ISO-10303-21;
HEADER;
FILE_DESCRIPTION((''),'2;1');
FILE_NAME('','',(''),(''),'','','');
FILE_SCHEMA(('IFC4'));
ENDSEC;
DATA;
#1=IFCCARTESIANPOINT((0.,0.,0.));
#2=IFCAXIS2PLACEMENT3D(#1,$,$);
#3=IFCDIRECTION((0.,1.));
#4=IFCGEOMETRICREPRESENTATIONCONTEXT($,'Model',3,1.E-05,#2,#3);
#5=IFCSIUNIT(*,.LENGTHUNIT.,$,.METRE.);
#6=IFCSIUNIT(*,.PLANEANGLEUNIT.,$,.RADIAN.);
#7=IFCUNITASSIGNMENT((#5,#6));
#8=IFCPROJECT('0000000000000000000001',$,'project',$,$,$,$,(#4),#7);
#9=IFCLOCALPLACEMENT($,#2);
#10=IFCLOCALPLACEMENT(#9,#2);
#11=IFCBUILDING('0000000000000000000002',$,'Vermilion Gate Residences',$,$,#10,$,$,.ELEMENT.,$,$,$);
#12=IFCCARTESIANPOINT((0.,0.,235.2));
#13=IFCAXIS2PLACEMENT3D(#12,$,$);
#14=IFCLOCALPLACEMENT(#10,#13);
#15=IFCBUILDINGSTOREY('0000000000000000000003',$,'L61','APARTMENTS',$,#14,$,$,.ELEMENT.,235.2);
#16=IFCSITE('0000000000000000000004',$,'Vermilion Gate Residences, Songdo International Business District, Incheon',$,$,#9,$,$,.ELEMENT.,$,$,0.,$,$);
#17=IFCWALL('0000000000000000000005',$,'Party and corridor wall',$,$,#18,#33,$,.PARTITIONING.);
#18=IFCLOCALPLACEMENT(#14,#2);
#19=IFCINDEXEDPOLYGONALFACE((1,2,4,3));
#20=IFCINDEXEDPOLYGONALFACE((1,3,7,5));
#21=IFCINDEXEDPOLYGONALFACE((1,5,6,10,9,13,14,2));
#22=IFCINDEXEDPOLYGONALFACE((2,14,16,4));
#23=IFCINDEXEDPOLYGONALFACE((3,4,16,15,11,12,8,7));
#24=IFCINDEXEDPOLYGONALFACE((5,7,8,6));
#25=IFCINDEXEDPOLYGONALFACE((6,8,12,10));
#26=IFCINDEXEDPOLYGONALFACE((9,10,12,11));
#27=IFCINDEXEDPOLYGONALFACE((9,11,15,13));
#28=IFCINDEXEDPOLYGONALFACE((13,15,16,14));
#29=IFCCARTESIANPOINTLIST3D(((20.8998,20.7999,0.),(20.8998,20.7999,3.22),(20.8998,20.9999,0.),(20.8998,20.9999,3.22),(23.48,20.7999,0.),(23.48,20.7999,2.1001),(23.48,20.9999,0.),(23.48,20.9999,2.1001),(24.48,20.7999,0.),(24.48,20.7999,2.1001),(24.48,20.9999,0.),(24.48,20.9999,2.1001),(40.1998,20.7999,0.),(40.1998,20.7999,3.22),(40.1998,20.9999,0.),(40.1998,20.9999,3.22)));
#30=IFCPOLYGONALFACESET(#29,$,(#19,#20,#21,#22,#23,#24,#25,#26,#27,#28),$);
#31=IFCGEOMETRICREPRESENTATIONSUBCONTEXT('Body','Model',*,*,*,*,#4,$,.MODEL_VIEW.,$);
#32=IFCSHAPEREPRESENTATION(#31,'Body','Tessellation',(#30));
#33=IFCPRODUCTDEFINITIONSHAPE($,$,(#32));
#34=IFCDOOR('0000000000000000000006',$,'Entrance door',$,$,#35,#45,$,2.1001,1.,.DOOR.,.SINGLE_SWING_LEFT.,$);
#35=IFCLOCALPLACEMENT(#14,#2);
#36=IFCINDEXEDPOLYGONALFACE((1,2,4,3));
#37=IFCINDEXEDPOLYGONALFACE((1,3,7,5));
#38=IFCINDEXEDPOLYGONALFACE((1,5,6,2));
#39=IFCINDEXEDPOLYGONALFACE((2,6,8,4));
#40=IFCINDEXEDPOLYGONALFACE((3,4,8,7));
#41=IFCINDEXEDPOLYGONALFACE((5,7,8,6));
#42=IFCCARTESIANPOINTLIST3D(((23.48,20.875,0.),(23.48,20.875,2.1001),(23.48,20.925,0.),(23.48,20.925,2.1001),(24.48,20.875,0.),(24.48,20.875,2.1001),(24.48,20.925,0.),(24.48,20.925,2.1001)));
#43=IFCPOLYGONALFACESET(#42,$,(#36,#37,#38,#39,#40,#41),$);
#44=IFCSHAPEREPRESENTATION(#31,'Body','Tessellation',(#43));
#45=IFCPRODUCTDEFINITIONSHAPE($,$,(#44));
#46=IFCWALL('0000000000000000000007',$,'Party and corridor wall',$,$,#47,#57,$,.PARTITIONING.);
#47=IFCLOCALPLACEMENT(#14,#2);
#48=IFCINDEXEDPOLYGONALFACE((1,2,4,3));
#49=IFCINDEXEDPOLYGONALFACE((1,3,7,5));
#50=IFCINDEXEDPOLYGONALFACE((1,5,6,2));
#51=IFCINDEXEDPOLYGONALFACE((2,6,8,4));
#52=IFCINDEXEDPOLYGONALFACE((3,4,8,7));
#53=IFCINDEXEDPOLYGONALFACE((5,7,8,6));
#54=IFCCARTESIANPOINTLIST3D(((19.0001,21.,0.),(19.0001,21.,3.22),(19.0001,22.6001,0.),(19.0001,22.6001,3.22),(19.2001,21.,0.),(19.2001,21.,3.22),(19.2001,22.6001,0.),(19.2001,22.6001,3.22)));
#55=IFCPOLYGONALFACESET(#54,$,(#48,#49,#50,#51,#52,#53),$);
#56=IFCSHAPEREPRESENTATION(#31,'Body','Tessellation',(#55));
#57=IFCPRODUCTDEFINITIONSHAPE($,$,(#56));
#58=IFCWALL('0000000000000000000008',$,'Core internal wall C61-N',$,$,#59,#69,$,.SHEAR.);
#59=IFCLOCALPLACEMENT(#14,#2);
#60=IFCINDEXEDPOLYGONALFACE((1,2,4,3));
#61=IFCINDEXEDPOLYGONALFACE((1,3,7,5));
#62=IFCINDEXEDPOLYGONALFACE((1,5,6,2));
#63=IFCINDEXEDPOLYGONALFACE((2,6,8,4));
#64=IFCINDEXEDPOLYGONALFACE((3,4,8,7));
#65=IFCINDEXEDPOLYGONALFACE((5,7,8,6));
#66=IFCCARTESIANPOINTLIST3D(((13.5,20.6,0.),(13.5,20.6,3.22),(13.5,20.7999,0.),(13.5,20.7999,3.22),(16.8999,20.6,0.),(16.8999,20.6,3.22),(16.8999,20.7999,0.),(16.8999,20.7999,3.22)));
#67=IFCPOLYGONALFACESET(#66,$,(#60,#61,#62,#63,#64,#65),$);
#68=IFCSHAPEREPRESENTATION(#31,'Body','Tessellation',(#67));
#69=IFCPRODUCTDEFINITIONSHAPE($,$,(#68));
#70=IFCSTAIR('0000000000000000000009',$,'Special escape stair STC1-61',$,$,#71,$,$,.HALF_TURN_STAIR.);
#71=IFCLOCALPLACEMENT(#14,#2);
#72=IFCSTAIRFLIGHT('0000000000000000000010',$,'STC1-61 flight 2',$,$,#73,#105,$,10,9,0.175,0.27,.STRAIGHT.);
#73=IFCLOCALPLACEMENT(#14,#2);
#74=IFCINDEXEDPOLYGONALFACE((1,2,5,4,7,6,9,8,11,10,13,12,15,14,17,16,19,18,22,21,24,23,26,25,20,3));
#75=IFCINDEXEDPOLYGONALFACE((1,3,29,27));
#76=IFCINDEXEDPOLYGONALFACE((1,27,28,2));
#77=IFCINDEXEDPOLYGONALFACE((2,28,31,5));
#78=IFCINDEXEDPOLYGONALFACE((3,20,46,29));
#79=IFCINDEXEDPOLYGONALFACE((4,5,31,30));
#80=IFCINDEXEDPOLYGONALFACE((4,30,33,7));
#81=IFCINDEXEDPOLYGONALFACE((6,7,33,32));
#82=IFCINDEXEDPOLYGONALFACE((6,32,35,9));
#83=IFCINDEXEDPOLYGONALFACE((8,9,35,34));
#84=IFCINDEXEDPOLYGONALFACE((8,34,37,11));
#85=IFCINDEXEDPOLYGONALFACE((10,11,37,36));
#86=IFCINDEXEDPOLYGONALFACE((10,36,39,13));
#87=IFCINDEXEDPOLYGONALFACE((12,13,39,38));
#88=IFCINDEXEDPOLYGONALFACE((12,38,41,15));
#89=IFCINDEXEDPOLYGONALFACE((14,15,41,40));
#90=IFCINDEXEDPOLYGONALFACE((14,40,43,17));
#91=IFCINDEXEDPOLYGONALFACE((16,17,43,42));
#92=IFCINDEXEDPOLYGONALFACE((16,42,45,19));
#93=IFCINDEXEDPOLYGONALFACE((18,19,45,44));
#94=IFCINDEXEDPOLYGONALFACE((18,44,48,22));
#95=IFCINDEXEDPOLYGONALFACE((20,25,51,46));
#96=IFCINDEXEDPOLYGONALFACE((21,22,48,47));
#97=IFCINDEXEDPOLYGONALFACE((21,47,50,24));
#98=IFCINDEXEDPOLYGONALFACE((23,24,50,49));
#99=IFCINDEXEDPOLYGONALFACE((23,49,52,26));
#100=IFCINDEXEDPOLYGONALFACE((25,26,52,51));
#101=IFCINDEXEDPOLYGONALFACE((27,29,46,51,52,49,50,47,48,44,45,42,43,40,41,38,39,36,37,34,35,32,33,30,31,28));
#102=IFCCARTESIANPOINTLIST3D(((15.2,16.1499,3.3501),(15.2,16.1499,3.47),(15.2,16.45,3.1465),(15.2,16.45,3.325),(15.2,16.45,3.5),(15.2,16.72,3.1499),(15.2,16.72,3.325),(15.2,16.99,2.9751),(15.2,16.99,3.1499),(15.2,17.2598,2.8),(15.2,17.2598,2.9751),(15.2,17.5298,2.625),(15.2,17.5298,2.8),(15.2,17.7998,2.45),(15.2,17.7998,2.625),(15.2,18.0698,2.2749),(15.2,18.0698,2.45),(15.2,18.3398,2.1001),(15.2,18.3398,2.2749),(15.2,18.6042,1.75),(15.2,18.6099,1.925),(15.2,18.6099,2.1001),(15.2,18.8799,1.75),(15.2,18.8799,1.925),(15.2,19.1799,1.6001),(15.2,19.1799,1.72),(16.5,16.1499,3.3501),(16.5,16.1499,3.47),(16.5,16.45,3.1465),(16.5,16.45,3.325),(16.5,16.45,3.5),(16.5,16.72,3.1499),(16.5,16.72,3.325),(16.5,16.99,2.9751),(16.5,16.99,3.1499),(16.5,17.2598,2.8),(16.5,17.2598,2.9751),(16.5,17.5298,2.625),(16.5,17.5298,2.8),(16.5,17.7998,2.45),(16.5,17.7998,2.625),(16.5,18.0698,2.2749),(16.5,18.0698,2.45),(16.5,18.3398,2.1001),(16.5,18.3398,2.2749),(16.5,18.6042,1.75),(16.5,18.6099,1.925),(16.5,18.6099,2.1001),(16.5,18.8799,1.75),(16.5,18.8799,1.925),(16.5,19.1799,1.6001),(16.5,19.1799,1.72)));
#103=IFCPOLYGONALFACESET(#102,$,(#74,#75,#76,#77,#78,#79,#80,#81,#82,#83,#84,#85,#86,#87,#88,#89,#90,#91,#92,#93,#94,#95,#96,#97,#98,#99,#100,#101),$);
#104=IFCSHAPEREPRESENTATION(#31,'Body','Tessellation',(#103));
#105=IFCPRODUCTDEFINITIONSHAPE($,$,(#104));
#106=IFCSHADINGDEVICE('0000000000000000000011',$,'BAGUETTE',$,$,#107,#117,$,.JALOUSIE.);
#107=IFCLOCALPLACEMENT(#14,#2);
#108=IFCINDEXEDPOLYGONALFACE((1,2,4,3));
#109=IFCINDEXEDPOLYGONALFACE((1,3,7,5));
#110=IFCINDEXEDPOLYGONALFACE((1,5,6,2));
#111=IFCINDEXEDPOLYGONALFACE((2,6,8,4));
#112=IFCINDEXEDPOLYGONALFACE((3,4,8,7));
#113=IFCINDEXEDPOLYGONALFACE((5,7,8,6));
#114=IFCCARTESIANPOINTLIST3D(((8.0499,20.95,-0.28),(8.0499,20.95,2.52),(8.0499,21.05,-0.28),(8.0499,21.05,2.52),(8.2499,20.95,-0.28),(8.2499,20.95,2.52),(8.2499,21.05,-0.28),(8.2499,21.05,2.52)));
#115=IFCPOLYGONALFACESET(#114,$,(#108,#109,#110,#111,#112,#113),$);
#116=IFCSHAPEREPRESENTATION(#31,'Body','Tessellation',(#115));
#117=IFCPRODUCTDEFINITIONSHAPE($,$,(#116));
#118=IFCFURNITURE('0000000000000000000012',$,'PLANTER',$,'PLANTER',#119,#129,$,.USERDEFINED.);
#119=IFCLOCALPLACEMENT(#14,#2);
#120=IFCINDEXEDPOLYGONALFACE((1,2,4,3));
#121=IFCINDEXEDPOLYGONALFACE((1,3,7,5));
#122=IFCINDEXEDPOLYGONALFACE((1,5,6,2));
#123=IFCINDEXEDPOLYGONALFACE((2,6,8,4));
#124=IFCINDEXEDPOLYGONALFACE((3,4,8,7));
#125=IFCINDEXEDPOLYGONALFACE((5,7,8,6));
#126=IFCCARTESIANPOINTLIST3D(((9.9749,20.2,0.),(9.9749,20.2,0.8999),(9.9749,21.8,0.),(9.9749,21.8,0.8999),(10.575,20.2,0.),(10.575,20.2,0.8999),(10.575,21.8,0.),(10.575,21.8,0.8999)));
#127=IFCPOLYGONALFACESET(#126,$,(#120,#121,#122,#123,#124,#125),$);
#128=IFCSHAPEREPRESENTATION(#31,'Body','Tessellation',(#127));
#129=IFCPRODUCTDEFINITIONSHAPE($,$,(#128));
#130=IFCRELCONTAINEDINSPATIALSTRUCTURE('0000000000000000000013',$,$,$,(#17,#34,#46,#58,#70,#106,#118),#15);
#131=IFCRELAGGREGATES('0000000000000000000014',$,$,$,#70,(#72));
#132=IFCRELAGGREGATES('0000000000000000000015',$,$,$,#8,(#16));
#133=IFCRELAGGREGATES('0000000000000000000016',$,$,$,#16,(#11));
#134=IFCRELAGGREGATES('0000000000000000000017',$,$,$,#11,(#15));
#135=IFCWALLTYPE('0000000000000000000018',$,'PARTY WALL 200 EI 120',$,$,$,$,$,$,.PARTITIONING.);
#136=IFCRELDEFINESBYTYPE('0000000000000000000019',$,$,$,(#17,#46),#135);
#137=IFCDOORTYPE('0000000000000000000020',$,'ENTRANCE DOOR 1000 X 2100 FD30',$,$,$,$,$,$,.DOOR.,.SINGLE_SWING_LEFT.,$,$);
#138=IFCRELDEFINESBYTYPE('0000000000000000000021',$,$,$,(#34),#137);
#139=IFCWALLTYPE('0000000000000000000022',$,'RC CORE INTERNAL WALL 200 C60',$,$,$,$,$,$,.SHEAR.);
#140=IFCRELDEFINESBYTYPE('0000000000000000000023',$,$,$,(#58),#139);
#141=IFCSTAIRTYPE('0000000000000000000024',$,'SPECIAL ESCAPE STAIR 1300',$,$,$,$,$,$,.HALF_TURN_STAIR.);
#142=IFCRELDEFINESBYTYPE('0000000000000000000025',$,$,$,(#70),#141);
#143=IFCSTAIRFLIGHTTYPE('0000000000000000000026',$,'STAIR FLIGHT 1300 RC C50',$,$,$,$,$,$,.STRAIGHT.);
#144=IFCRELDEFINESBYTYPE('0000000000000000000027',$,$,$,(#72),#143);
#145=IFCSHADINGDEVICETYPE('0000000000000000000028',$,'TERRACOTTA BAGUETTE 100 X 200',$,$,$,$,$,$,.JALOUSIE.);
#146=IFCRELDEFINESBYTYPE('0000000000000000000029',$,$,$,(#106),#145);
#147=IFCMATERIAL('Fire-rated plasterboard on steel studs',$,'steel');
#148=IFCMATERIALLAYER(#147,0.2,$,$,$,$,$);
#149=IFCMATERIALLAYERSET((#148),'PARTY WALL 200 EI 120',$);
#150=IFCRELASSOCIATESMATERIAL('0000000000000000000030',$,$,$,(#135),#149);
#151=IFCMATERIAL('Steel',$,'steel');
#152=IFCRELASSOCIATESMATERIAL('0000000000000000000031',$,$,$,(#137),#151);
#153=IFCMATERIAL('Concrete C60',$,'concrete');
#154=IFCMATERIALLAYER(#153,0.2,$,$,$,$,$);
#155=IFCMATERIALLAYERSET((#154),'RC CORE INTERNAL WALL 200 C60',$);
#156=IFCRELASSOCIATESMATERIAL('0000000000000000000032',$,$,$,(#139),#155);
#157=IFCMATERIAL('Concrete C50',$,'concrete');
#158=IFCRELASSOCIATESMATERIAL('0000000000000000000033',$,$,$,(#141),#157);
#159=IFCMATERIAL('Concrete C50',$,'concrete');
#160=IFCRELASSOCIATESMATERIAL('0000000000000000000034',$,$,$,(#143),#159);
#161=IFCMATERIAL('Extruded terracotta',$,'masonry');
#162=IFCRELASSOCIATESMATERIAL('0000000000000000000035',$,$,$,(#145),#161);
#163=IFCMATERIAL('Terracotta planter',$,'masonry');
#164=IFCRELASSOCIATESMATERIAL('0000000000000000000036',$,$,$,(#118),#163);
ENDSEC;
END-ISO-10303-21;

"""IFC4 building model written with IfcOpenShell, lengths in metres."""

from ifc_helpers import new_model, si_unit, direction, frame, frame_2d, origin, origin_2d, place, context, subcontext, project, spatial, polyline, rectangle, outline, extrude, material, layer, layer_set, material_profile, profile_set, type_object, element, fill, aggregate, save


model = new_model("IFC4")

# Units and contexts
model_context = context("Model", 3, precision=1e-05, world=origin(), true_north=direction((0.0, 1.0)))
body_context = subcontext(model_context, "Body", "Model", "MODEL_VIEW")
ifc_project = project(units=[si_unit("LENGTHUNIT", "METRE"), si_unit("PLANEANGLEUNIT", "RADIAN")], contexts=[model_context])

# Site, building, storey
site_placement = place(None, origin())
site = spatial("IfcSite", under=ifc_project, at=site_placement, Name="Vermilion Gate Residences, Songdo International Business District, Incheon", CompositionType="ELEMENT", RefElevation=0.0)
building_placement = place(site_placement, origin())
building = spatial("IfcBuilding", under=site, at=building_placement, Name="Vermilion Gate Residences", CompositionType="ELEMENT")
storey_placement = place(building_placement, frame((0.0, 0.0, 235.2)))
storey = spatial("IfcBuildingStorey", under=building, at=storey_placement, Name="L61", Description="APARTMENTS", CompositionType="ELEMENT", Elevation=235.2)

# Shared definitions
ifc_material_1 = material(Name="Fire-rated plasterboard on steel studs", Category="steel")
ifc_layer_1 = layer(ifc_material_1, 0.2)
ifc_layer_set_1 = layer_set([ifc_layer_1], Name="PARTY WALL 200 EI 120")
wall_type_1 = type_object("IfcWallType", Name="PARTY WALL 200 EI 120", PredefinedType="PARTITIONING", material=ifc_layer_set_1)

# Wall, opening, door
wall_1_placement = place(storey_placement, frame((20.8999, 20.8999, 0.0), z_axis=(0.0, 0.0, 1.0), x_axis=(1.0, 0.0, 0.0)))
wall_1 = element("IfcWall", 1, at=wall_1_placement, inside=storey, type_object=wall_type_1, Name="Party and corridor wall", PredefinedType="PARTITIONING", context=body_context, shape_type="SweptSolid", body=[
    extrude(rectangle(XDim=19.3, YDim=0.2, at=frame_2d((9.6499, 0.0))), origin(), (0.0, 0.0, 1.0), 3.22),
])
opening_1_placement = place(wall_1_placement, frame((2.5801, 0.0, 0.0)))
opening_1 = element("IfcOpeningElement", 2, at=opening_1_placement, cuts=wall_1, PredefinedType="OPENING", context=body_context, shape_type="SweptSolid", body=[
    extrude(rectangle(XDim=1.0, YDim=2.1001, at=frame_2d((0.5, 1.05))), frame((0.0, 0.1099, 0.0), z_axis=(0.0, -1.0, 0.0), x_axis=(1.0, 0.0, 0.0)), (0.0, 0.0, 1.0), 0.22),
])
ifc_material_2 = material(Name="Steel", Category="steel")
door_type_1 = type_object("IfcDoorType", Name="ENTRANCE DOOR 1000 X 2100 FD30", OperationType="SINGLE_SWING_LEFT", PredefinedType="DOOR", material=ifc_material_2)
door_1_placement = place(opening_1_placement, frame((1.0, 0.0, 0.0), z_axis=(0.0, 0.0, 1.0), x_axis=(-1.0, 0.0, 0.0)))
door_1 = element("IfcDoor", 3, at=door_1_placement, inside=storey, type_object=door_type_1, Name="Entrance door", OperationType="SINGLE_SWING_LEFT", OverallHeight=2.1001, OverallWidth=1.0, PredefinedType="DOOR", context=body_context, shape_type="SweptSolid", body=[
    extrude(rectangle(XDim=1.0, YDim=2.1001, at=frame_2d((0.5, 1.05))), frame((0.0, 0.0249, 0.0), z_axis=(0.0, -1.0, 0.0), x_axis=(1.0, 0.0, 0.0)), (0.0, 0.0, 1.0), 0.05),
])
fill(opening_1, door_1)

# Walls
wall_2_placement = place(storey_placement, frame((19.1001, 21.0, 0.0), z_axis=(0.0, 0.0, 1.0), x_axis=(0.0, 1.0, 0.0)))
element("IfcWall", 4, at=wall_2_placement, inside=storey, type_object=wall_type_1, Name="Party and corridor wall", PredefinedType="PARTITIONING", context=body_context, shape_type="SweptSolid", body=[
    extrude(rectangle(XDim=1.6001, YDim=0.2, at=frame_2d((0.8, 0.0))), origin(), (0.0, 0.0, 1.0), 3.22),
])
ifc_material_3 = material(Name="Concrete C60", Category="concrete")
ifc_layer_2 = layer(ifc_material_3, 0.2)
ifc_layer_set_2 = layer_set([ifc_layer_2], Name="RC CORE INTERNAL WALL 200 C60")
wall_type_2 = type_object("IfcWallType", Name="RC CORE INTERNAL WALL 200 C60", PredefinedType="SHEAR", material=ifc_layer_set_2)
wall_3_placement = place(storey_placement, frame((13.5, 20.7, 0.0), z_axis=(0.0, 0.0, 1.0), x_axis=(1.0, 0.0, 0.0)))
element("IfcWall", 5, at=wall_3_placement, inside=storey, type_object=wall_type_2, Name="Core internal wall C61-N", PredefinedType="SHEAR", context=body_context, shape_type="SweptSolid", body=[
    extrude(rectangle(XDim=3.3999, YDim=0.2, at=frame_2d((1.7, 0.0))), origin(), (0.0, 0.0, 1.0), 3.22),
])

# Stair, stair flight
ifc_material_4 = material(Name="Concrete C50", Category="concrete")
stair_type = type_object("IfcStairType", Name="SPECIAL ESCAPE STAIR 1300", PredefinedType="HALF_TURN_STAIR", material=ifc_material_4)
stair_placement = place(storey_placement, origin())
stair = element("IfcStair", 6, at=stair_placement, inside=storey, type_object=stair_type, Name="Special escape stair STC1-61", PredefinedType="HALF_TURN_STAIR")
ifc_material_5 = material(Name="Concrete C50", Category="concrete")
stair_flight_type = type_object("IfcStairFlightType", Name="STAIR FLIGHT 1300 RC C50", PredefinedType="STRAIGHT", material=ifc_material_5)
stair_flight_placement = place(storey_placement, frame((15.8501, 18.8799, 1.75), z_axis=(0.0, 0.0, 1.0), x_axis=(0.0, -1.0, 0.0)))
stair_flight = element("IfcStairFlight", 7, at=stair_flight_placement, type_object=stair_flight_type, Name="STC1-61 flight 2", NumberOfRisers=10, NumberOfTreads=9, PredefinedType="STRAIGHT", RiserHeight=0.175, TreadLength=0.27, context=body_context, shape_type="SweptSolid", body=[
    extrude(outline(polyline([(-0.3, -0.1499), (-0.3, -0.03), (0.0, 0.0), (0.0, 0.175), (0.27, 0.175), (0.27, 0.3501), (0.54, 0.3501), (0.54, 0.5249), (0.8101, 0.5249), (0.8101, 0.7), (1.0801, 0.7), (1.0801, 0.875), (1.3501, 0.875), (1.3501, 1.05), (1.6201, 1.05), (1.6201, 1.2251), (1.8899, 1.2251), (1.8899, 1.3999), (2.1599, 1.3999), (2.1599, 1.575), (2.4299, 1.575), (2.4299, 1.75), (2.73, 1.72), (2.73, 1.6001), (2.4299, 1.3965), (0.2756, 0.0), (-0.3, -0.1499)])), frame((0.0, 0.6499, 0.0), z_axis=(0.0, -1.0, 0.0), x_axis=(1.0, 0.0, 0.0)), (0.0, 0.0, 1.0), 1.3),
])
aggregate(stair, [stair_flight])

# Shading device
ifc_material_6 = material(Name="Extruded terracotta", Category="masonry")
ifc_material_profile_1 = material_profile(ifc_material_6, rectangle(XDim=0.2, YDim=0.1001, at=origin_2d()), Name="BAGUETTE 100 X 200")
ifc_profile_set_1 = profile_set([ifc_material_profile_1], Name="Extruded terracotta")
shading_device_type = type_object("IfcShadingDeviceType", Name="TERRACOTTA BAGUETTE 100 X 200", PredefinedType="JALOUSIE", material=ifc_profile_set_1)
shading_device_placement = place(storey_placement, frame((8.1499, 21.0, -0.28), z_axis=(0.0, 0.0, 1.0), x_axis=(1.0, 0.0, 0.0)))
element("IfcShadingDevice", 8, at=shading_device_placement, inside=storey, type_object=shading_device_type, Name="BAGUETTE", PredefinedType="JALOUSIE", context=body_context, shape_type="SweptSolid", body=[
    extrude(rectangle(XDim=0.2, YDim=0.1001, at=origin_2d()), origin(), (0.0, 0.0, 1.0), 2.8),
])

# Furniture
ifc_material_7 = material(Name="Terracotta planter", Category="masonry")
furniture_placement = place(storey_placement, frame((10.2749, 21.0, 0.0), z_axis=(0.0, 0.0, 1.0), x_axis=(0.0, -1.0, 0.0)))
element("IfcFurniture", 9, at=furniture_placement, inside=storey, material=ifc_material_7, Name="PLANTER", ObjectType="PLANTER", PredefinedType="USERDEFINED", context=body_context, shape_type="SweptSolid", body=[
    extrude(rectangle(XDim=1.6001, YDim=0.6001, at=origin_2d()), origin(), (0.0, 0.0, 1.0), 0.8999),
])

save(model, "model.ifc")
